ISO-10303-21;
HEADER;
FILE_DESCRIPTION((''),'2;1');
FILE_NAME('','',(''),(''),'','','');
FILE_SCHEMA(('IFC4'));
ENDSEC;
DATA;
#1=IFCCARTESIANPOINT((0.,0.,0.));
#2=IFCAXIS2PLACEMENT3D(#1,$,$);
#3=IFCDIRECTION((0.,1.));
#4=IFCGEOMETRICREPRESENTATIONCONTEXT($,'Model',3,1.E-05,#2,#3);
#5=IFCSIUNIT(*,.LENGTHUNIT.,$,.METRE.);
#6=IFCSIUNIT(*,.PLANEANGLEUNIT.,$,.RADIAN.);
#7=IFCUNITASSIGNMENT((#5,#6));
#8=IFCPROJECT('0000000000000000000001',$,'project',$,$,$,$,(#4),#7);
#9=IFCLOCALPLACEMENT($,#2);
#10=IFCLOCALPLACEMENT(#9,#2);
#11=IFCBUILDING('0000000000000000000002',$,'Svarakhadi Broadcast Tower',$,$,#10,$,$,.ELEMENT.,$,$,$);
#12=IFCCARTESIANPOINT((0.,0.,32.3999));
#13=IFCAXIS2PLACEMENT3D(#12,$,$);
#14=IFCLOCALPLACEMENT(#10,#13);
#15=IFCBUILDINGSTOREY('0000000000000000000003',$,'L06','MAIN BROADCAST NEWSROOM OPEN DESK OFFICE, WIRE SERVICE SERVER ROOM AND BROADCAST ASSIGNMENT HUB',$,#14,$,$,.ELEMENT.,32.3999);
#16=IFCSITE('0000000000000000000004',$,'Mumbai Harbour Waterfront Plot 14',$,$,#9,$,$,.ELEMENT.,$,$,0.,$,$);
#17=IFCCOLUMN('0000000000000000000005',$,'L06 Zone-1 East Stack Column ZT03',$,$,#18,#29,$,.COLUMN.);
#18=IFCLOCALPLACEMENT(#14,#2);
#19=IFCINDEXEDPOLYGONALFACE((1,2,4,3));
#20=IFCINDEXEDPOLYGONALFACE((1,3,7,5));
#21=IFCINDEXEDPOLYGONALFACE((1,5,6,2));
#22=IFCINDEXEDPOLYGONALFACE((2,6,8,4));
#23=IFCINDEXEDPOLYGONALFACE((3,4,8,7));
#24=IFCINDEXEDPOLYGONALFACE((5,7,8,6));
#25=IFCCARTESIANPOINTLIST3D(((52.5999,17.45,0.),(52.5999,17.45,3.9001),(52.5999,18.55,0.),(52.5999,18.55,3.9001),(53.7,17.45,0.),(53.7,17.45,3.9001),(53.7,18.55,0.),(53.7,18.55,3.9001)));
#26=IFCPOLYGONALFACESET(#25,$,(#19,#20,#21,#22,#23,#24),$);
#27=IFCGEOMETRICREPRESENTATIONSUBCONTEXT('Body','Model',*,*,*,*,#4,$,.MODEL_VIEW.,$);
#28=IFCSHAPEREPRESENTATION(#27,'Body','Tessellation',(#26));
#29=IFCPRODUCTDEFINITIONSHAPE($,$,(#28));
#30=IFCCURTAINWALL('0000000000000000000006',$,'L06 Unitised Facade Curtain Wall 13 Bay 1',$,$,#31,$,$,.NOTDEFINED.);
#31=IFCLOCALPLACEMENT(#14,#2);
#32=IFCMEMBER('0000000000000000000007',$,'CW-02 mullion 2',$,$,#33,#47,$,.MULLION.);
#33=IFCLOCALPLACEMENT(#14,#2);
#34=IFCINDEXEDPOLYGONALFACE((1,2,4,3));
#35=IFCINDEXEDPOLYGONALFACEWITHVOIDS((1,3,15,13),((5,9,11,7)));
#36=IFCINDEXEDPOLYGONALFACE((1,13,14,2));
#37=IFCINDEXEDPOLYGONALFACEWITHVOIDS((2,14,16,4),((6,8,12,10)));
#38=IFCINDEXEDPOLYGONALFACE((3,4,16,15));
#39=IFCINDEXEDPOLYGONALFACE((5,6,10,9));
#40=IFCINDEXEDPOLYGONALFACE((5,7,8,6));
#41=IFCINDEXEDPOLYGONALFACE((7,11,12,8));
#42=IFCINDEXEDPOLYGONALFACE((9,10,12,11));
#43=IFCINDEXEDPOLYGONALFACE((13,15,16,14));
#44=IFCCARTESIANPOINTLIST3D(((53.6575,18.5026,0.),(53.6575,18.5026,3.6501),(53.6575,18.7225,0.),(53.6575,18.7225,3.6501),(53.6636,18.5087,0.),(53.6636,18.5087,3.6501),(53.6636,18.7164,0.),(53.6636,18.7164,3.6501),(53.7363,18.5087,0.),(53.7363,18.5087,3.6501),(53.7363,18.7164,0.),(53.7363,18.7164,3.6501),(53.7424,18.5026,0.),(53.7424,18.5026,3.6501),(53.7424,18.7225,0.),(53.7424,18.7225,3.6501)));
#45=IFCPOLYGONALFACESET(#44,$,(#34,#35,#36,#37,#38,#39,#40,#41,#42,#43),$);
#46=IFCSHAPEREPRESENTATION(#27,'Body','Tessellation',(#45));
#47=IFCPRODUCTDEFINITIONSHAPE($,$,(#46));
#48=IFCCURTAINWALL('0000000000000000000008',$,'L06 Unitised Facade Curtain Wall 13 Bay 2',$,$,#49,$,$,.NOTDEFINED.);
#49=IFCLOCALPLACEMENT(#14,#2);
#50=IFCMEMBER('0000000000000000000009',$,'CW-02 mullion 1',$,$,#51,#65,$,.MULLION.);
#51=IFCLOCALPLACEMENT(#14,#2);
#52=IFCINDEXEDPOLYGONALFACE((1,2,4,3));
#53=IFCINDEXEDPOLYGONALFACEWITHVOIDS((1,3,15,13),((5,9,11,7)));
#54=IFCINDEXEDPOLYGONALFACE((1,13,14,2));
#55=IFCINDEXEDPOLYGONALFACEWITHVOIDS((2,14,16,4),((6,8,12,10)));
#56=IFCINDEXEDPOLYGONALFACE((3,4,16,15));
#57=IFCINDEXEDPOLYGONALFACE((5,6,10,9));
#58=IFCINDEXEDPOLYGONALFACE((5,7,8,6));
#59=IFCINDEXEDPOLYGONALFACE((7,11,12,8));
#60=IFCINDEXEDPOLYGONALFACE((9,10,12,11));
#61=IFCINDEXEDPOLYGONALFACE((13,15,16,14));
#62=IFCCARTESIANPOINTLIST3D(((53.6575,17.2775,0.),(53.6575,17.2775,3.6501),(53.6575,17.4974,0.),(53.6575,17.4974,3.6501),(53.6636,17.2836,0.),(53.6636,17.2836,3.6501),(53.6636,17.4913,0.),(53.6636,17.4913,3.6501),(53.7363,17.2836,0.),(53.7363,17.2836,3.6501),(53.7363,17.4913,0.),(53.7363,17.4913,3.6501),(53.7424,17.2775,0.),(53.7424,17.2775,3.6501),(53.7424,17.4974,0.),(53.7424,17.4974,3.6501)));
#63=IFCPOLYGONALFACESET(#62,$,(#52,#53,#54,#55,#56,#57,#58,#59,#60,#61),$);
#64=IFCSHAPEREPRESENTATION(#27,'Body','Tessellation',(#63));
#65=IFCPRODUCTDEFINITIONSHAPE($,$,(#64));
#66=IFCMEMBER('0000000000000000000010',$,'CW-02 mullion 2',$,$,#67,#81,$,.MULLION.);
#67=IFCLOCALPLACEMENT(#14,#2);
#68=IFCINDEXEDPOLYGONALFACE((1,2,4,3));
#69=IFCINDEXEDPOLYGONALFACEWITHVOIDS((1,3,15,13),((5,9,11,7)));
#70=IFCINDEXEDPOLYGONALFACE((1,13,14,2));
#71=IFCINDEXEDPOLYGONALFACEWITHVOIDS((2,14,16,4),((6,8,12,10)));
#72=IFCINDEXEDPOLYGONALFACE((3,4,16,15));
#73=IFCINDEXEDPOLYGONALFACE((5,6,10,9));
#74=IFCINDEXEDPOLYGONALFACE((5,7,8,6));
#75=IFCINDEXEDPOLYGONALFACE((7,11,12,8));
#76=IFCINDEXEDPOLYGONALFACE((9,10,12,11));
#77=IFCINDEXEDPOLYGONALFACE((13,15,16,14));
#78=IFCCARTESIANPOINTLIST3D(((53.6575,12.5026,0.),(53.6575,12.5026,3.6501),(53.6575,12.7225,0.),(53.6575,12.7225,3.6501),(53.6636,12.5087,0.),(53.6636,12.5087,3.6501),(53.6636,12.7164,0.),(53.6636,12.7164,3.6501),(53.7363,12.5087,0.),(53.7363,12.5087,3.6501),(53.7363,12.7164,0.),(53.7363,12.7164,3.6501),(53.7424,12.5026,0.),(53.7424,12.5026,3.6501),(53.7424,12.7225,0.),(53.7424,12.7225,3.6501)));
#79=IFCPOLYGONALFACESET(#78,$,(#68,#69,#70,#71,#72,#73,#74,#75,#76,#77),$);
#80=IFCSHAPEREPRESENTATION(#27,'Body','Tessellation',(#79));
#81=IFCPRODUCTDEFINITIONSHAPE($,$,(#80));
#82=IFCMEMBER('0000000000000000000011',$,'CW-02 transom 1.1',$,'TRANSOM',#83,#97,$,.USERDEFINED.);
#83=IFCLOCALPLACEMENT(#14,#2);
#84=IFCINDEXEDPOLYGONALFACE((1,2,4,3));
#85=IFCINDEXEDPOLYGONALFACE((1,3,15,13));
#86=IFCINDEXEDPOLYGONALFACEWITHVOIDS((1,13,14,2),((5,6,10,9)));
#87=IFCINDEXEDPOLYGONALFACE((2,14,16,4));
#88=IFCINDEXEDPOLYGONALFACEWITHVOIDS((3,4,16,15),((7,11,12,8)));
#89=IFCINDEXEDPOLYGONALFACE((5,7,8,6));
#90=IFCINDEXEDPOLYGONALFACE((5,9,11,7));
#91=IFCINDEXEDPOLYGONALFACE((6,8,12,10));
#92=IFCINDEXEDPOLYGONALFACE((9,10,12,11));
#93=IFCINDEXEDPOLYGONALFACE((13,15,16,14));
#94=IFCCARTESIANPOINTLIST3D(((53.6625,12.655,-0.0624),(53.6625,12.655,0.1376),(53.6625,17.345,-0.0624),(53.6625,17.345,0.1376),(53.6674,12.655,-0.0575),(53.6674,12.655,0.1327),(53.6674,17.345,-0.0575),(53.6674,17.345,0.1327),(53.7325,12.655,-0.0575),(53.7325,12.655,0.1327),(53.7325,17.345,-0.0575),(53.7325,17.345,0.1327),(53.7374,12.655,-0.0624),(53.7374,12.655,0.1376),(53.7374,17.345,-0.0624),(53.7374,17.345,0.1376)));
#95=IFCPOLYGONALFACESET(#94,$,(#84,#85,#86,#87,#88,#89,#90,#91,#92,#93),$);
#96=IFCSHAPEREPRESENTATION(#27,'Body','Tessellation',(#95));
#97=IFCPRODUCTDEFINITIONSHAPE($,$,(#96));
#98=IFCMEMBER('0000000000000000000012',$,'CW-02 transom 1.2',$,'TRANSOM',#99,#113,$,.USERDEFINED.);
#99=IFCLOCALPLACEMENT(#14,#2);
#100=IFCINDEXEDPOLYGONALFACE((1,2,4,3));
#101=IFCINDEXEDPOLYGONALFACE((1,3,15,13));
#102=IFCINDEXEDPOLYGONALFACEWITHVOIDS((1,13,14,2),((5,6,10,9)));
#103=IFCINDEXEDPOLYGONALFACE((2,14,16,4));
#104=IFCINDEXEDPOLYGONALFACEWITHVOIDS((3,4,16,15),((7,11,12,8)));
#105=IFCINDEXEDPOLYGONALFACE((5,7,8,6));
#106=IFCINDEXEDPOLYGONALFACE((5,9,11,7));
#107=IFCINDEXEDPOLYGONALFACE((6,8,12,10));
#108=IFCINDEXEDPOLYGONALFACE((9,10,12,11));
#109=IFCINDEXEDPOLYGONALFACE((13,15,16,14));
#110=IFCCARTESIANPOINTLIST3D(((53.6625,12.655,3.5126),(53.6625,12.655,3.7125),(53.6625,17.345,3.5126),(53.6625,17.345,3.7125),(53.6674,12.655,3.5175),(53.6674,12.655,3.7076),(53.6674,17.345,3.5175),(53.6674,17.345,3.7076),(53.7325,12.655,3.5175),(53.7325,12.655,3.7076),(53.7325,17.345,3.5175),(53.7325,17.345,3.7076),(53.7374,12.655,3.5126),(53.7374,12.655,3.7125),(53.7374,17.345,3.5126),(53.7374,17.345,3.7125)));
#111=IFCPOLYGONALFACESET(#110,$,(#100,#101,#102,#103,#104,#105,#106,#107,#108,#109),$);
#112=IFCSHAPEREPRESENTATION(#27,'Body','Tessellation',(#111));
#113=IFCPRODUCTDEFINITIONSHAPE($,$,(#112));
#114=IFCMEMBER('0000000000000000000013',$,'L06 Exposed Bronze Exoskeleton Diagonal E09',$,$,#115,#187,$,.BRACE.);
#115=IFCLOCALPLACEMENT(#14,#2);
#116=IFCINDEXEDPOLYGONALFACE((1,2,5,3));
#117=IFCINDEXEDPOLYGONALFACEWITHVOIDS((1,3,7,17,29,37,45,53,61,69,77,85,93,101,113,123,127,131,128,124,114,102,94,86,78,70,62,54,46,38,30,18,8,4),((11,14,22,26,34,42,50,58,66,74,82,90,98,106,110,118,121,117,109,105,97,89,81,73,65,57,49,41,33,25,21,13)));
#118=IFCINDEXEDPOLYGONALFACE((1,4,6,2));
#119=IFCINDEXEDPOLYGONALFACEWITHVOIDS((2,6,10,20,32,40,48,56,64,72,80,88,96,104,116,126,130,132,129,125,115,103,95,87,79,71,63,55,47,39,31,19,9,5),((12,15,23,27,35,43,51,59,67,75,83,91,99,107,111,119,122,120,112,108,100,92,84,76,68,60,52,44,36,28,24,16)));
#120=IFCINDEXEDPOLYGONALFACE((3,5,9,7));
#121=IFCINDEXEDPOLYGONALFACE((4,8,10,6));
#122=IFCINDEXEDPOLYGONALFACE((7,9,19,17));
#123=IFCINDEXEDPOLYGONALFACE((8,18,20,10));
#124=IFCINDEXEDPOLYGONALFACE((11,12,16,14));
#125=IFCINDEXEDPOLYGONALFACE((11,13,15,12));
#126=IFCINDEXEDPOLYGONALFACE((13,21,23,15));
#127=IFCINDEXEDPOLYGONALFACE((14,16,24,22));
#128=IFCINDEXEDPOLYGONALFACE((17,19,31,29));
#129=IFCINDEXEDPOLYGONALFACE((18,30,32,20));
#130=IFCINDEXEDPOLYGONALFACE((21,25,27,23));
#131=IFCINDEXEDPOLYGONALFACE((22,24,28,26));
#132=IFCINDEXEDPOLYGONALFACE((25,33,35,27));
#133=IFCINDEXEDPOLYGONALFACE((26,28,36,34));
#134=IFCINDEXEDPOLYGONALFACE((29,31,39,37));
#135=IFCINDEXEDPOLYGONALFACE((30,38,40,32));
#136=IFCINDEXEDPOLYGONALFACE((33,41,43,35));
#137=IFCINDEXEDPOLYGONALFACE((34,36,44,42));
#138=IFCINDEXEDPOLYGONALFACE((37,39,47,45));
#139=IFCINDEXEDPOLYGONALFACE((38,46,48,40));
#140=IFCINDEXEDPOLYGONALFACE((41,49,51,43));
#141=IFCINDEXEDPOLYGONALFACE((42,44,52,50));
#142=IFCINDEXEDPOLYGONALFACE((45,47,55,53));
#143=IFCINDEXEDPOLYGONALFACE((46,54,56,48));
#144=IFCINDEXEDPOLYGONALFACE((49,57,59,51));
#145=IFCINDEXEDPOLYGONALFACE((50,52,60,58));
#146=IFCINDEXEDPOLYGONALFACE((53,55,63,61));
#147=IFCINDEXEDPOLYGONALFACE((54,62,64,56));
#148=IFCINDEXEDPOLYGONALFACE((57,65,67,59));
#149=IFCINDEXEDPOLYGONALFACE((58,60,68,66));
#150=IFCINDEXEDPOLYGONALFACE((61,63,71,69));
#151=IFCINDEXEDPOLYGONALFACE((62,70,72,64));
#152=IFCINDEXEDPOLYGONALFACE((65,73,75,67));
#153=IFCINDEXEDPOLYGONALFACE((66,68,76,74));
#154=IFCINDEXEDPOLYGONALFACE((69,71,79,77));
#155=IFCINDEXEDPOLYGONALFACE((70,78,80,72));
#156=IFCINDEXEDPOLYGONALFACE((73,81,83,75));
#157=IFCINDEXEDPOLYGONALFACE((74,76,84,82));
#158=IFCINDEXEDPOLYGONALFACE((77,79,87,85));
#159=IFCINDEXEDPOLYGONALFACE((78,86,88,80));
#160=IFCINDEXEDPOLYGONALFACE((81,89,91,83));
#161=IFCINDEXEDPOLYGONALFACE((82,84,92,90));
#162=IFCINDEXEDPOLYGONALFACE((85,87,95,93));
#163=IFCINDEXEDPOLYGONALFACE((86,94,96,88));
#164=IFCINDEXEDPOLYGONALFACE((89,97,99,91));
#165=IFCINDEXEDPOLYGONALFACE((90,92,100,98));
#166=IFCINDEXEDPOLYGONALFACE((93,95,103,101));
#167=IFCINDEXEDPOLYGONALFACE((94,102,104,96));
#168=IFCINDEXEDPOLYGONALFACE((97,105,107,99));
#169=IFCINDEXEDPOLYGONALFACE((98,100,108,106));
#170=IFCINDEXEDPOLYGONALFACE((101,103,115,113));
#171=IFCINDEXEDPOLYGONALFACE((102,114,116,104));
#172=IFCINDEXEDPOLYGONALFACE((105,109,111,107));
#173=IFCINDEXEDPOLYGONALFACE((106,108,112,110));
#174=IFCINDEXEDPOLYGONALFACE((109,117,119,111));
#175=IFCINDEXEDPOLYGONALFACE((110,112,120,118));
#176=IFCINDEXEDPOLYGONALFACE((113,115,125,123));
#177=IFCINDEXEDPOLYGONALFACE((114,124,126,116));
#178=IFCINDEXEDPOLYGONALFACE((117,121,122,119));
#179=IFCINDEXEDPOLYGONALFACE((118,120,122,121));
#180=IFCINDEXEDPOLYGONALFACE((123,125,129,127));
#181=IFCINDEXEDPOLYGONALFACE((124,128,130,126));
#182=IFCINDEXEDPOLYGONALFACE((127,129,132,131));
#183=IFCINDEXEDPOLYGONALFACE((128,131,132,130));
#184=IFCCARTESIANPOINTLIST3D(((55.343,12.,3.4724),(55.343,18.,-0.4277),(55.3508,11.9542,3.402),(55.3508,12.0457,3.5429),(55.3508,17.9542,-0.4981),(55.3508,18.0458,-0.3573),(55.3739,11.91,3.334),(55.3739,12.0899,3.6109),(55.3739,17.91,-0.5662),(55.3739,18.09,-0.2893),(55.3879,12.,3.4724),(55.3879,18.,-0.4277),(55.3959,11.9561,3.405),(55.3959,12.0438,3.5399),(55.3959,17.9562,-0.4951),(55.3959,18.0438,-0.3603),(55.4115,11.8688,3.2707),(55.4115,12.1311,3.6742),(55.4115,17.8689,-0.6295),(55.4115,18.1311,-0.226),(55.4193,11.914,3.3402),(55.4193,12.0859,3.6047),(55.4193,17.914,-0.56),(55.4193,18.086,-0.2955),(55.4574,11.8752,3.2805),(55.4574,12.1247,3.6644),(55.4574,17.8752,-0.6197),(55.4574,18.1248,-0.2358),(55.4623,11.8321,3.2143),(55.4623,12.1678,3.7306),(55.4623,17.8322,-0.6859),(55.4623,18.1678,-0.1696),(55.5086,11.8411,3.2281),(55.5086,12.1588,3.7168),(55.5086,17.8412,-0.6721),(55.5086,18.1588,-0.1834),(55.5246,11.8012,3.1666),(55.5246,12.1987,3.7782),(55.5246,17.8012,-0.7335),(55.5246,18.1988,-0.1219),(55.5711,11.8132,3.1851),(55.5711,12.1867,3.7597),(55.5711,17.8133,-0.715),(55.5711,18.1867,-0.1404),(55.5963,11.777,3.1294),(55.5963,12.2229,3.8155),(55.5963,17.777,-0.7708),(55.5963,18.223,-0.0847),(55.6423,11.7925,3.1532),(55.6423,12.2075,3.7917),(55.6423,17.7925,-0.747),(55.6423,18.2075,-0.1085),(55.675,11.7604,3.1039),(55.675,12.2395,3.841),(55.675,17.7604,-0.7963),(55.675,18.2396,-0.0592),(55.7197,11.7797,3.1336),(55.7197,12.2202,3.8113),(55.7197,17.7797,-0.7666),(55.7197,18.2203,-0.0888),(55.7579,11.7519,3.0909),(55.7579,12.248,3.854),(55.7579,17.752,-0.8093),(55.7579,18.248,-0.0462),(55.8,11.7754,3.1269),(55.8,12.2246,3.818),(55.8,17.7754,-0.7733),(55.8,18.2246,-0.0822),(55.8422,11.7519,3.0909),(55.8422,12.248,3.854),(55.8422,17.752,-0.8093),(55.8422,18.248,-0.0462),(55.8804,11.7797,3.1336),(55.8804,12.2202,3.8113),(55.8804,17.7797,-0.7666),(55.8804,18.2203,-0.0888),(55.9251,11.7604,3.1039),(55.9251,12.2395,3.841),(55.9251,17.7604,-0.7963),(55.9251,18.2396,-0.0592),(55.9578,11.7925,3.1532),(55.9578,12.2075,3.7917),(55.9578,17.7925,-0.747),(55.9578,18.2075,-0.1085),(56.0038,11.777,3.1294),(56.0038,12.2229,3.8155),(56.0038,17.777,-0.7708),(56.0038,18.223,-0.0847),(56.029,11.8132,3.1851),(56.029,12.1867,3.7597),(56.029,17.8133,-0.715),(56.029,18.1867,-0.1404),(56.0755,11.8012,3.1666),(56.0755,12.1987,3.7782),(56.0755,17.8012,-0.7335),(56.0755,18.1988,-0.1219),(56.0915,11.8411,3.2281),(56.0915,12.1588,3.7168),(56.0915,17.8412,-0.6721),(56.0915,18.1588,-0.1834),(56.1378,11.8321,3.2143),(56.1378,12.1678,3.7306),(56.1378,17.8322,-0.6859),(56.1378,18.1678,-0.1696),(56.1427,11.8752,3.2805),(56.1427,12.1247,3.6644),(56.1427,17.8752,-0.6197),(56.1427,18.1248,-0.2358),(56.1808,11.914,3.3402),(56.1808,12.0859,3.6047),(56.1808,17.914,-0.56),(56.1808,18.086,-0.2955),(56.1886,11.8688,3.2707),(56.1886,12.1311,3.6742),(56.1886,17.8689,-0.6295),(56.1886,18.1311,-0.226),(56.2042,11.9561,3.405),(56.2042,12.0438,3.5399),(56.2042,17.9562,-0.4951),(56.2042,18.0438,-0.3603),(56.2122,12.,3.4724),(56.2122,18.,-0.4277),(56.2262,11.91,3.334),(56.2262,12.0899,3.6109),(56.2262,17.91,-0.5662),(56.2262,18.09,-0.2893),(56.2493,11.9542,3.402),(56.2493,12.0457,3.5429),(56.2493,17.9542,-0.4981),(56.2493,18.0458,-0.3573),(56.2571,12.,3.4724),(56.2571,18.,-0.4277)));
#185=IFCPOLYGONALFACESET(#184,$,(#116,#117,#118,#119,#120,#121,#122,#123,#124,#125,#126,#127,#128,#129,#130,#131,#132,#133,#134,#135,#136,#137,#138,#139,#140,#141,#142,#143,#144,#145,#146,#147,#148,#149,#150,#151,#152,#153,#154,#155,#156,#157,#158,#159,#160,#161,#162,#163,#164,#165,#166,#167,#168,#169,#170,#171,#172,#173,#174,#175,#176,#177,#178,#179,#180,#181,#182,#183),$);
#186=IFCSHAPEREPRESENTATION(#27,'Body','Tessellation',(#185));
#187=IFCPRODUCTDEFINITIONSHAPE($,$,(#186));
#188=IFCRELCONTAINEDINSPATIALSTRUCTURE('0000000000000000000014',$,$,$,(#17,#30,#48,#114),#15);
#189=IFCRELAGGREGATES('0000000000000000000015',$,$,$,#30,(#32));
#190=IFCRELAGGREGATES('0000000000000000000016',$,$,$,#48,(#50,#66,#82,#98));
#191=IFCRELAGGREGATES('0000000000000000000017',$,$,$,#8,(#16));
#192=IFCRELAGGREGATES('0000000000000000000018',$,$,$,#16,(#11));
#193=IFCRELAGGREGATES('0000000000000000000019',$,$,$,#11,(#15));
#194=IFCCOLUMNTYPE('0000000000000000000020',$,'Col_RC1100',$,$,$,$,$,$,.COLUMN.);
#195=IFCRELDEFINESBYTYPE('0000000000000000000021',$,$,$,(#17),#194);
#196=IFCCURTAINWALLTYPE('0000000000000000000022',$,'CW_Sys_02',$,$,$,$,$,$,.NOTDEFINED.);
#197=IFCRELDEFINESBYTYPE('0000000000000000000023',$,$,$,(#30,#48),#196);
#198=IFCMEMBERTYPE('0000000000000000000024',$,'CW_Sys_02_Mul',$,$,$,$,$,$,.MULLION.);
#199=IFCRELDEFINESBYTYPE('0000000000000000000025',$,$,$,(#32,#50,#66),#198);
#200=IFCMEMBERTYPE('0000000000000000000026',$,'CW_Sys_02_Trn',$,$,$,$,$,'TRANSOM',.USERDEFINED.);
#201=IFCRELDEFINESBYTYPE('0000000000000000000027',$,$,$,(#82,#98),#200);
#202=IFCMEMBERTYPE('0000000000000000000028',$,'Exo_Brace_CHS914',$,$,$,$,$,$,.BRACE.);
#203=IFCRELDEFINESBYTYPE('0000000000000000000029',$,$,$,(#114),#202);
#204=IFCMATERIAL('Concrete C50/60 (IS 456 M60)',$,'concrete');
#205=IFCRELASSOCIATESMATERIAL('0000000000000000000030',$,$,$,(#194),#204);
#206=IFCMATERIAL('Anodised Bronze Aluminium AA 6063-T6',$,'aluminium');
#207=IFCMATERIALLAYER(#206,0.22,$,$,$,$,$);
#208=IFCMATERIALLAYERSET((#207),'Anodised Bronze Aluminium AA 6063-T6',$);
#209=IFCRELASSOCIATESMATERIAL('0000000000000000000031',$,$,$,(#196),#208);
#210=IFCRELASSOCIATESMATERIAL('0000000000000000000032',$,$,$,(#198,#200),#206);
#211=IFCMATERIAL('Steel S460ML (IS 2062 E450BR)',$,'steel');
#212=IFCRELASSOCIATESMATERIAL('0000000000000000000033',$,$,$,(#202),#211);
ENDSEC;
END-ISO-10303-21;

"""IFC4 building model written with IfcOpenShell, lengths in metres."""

from ifc_helpers import new_model, si_unit, direction, frame, origin, origin_2d, place, context, subcontext, project, spatial, rectangle, hollow_rectangle, hollow_circle, extrude, material, layer, layer_set, material_profile, profile_set, type_object, element, aggregate, save


model = new_model("IFC4")

# Units and contexts
model_context = context("Model", 3, precision=1e-05, world=origin(), true_north=direction((0.0, 1.0)))
body_context = subcontext(model_context, "Body", "Model", "MODEL_VIEW")
ifc_project = project(units=[si_unit("LENGTHUNIT", "METRE"), si_unit("PLANEANGLEUNIT", "RADIAN")], contexts=[model_context])

# Site, building, storey
site_placement = place(None, origin())
site = spatial("IfcSite", under=ifc_project, at=site_placement, Name="Mumbai Harbour Waterfront Plot 14", CompositionType="ELEMENT", RefElevation=0.0)
building_placement = place(site_placement, origin())
building = spatial("IfcBuilding", under=site, at=building_placement, Name="Svarakhadi Broadcast Tower", CompositionType="ELEMENT")
storey_placement = place(building_placement, frame((0.0, 0.0, 32.3999)))
storey = spatial("IfcBuildingStorey", under=building, at=storey_placement, Name="L06", Description="MAIN BROADCAST NEWSROOM OPEN DESK OFFICE, WIRE SERVICE SERVER ROOM AND BROADCAST ASSIGNMENT HUB", CompositionType="ELEMENT", Elevation=32.3999)

# Column
ifc_material_1 = material(Name="Concrete C50/60 (IS 456 M60)", Category="concrete")
ifc_material_profile_1 = material_profile(ifc_material_1, rectangle(XDim=1.1001, YDim=1.1001, at=origin_2d()), Name="RC 1100x1100")
ifc_profile_set_1 = profile_set([ifc_material_profile_1], Name="Concrete C50/60 (IS 456 M60)")
column_type = type_object("IfcColumnType", Name="Col_RC1100", PredefinedType="COLUMN", material=ifc_profile_set_1)
column_placement = place(storey_placement, frame((53.1499, 18.0, 0.0), z_axis=(0.0, 0.0, 1.0), x_axis=(1.0, 0.0, 0.0)))
element("IfcColumn", 1, at=column_placement, inside=storey, type_object=column_type, Name="L06 Zone-1 East Stack Column ZT03", PredefinedType="COLUMN", context=body_context, shape_type="SweptSolid", body=[
    extrude(rectangle(XDim=1.1001, YDim=1.1001, at=origin_2d()), origin(), (0.0, 0.0, 1.0), 3.9001),
])

# Curtain wall, member
ifc_material_2 = material(Name="Anodised Bronze Aluminium AA 6063-T6", Category="aluminium")
ifc_layer_1 = layer(ifc_material_2, 0.22)
ifc_layer_set_1 = layer_set([ifc_layer_1], Name="Anodised Bronze Aluminium AA 6063-T6")
curtain_wall_type = type_object("IfcCurtainWallType", Name="CW_Sys_02", PredefinedType="NOTDEFINED", material=ifc_layer_set_1)
curtain_wall_1_placement = place(storey_placement, origin())
curtain_wall_1 = element("IfcCurtainWall", 2, at=curtain_wall_1_placement, inside=storey, type_object=curtain_wall_type, Name="L06 Unitised Facade Curtain Wall 13 Bay 1", PredefinedType="NOTDEFINED")
ifc_material_profile_2 = material_profile(ifc_material_2, hollow_rectangle(XDim=0.085, YDim=0.22, WallThickness=0.0061, at=origin_2d()), Name="ALU MULLION 220x85x6")
ifc_profile_set_2 = profile_set([ifc_material_profile_2], Name="Anodised Bronze Aluminium AA 6063-T6")
member_type_1 = type_object("IfcMemberType", Name="CW_Sys_02_Mul", PredefinedType="MULLION", material=ifc_profile_set_2)
member_1_placement = place(storey_placement, frame((53.7, 18.6125, 0.0), z_axis=(0.0, 0.0, 1.0), x_axis=(1.0, 0.0, 0.0)))
member_1 = element("IfcMember", 3, at=member_1_placement, type_object=member_type_1, Name="CW-02 mullion 2", PredefinedType="MULLION", context=body_context, shape_type="SweptSolid", body=[
    extrude(hollow_rectangle(XDim=0.085, YDim=0.22, WallThickness=0.0061, at=origin_2d()), origin(), (0.0, 0.0, 1.0), 3.6501),
])

# Curtain wall, members
curtain_wall_2_placement = place(storey_placement, origin())
curtain_wall_2 = element("IfcCurtainWall", 4, at=curtain_wall_2_placement, inside=storey, type_object=curtain_wall_type, Name="L06 Unitised Facade Curtain Wall 13 Bay 2", PredefinedType="NOTDEFINED")
member_2_placement = place(storey_placement, frame((53.7, 17.3875, 0.0), z_axis=(0.0, 0.0, 1.0), x_axis=(1.0, 0.0, 0.0)))
member_2 = element("IfcMember", 5, at=member_2_placement, type_object=member_type_1, Name="CW-02 mullion 1", PredefinedType="MULLION", context=body_context, shape_type="SweptSolid", body=[
    extrude(hollow_rectangle(XDim=0.085, YDim=0.22, WallThickness=0.0061, at=origin_2d()), origin(), (0.0, 0.0, 1.0), 3.6501),
])
member_3_placement = place(storey_placement, frame((53.7, 12.6125, 0.0), z_axis=(0.0, 0.0, 1.0), x_axis=(1.0, 0.0, 0.0)))
member_3 = element("IfcMember", 6, at=member_3_placement, type_object=member_type_1, Name="CW-02 mullion 2", PredefinedType="MULLION", context=body_context, shape_type="SweptSolid", body=[
    extrude(hollow_rectangle(XDim=0.085, YDim=0.22, WallThickness=0.0061, at=origin_2d()), origin(), (0.0, 0.0, 1.0), 3.6501),
])
ifc_material_profile_3 = material_profile(ifc_material_2, hollow_rectangle(XDim=0.075, YDim=0.2, WallThickness=0.0049, at=origin_2d()), Name="ALU TRANSOM 200x75x5")
ifc_profile_set_3 = profile_set([ifc_material_profile_3], Name="Anodised Bronze Aluminium AA 6063-T6")
member_type_2 = type_object("IfcMemberType", Name="CW_Sys_02_Trn", ElementType="TRANSOM", PredefinedType="USERDEFINED", material=ifc_profile_set_3)
member_4_placement = place(storey_placement, frame((53.7, 17.345, 0.0376), z_axis=(0.0, -1.0, 0.0), x_axis=(1.0, 0.0, 0.0)))
member_4 = element("IfcMember", 7, at=member_4_placement, type_object=member_type_2, Name="CW-02 transom 1.1", ObjectType="TRANSOM", PredefinedType="USERDEFINED", context=body_context, shape_type="SweptSolid", body=[
    extrude(hollow_rectangle(XDim=0.075, YDim=0.2, WallThickness=0.0049, at=origin_2d()), origin(), (0.0, 0.0, 1.0), 4.6899),
])
member_5_placement = place(storey_placement, frame((53.7, 17.345, 3.6125), z_axis=(0.0, -1.0, 0.0), x_axis=(1.0, 0.0, 0.0)))
member_5 = element("IfcMember", 8, at=member_5_placement, type_object=member_type_2, Name="CW-02 transom 1.2", ObjectType="TRANSOM", PredefinedType="USERDEFINED", context=body_context, shape_type="SweptSolid", body=[
    extrude(hollow_rectangle(XDim=0.075, YDim=0.2, WallThickness=0.0049, at=origin_2d()), origin(), (0.0, 0.0, 1.0), 4.6899),
])

# Member
ifc_material_3 = material(Name="Steel S460ML (IS 2062 E450BR)", Category="steel")
ifc_material_profile_4 = material_profile(ifc_material_3, hollow_circle(Radius=0.457, WallThickness=0.0449, at=origin_2d()), Name="CHS 914x45")
ifc_profile_set_4 = profile_set([ifc_material_profile_4], Name="Steel S460ML (IS 2062 E450BR)")
member_type_3 = type_object("IfcMemberType", Name="Exo_Brace_CHS914", PredefinedType="BRACE", material=ifc_profile_set_4)
member_6_placement = place(storey_placement, frame((55.8, 18.0, -0.4277), z_axis=(0.0, -0.838434, 0.545003), x_axis=(1.0, 0.0, 0.0)))
element("IfcMember", 9, at=member_6_placement, inside=storey, type_object=member_type_3, Name="L06 Exposed Bronze Exoskeleton Diagonal E09", PredefinedType="BRACE", context=body_context, shape_type="SweptSolid", body=[
    extrude(hollow_circle(Radius=0.457, WallThickness=0.0449, at=origin_2d()), origin(), (0.0, 0.0, 1.0), 7.1562),
])

aggregate(curtain_wall_1, [member_1])
aggregate(curtain_wall_2, [member_2, member_3, member_4, member_5])

save(model, "model.ifc")
